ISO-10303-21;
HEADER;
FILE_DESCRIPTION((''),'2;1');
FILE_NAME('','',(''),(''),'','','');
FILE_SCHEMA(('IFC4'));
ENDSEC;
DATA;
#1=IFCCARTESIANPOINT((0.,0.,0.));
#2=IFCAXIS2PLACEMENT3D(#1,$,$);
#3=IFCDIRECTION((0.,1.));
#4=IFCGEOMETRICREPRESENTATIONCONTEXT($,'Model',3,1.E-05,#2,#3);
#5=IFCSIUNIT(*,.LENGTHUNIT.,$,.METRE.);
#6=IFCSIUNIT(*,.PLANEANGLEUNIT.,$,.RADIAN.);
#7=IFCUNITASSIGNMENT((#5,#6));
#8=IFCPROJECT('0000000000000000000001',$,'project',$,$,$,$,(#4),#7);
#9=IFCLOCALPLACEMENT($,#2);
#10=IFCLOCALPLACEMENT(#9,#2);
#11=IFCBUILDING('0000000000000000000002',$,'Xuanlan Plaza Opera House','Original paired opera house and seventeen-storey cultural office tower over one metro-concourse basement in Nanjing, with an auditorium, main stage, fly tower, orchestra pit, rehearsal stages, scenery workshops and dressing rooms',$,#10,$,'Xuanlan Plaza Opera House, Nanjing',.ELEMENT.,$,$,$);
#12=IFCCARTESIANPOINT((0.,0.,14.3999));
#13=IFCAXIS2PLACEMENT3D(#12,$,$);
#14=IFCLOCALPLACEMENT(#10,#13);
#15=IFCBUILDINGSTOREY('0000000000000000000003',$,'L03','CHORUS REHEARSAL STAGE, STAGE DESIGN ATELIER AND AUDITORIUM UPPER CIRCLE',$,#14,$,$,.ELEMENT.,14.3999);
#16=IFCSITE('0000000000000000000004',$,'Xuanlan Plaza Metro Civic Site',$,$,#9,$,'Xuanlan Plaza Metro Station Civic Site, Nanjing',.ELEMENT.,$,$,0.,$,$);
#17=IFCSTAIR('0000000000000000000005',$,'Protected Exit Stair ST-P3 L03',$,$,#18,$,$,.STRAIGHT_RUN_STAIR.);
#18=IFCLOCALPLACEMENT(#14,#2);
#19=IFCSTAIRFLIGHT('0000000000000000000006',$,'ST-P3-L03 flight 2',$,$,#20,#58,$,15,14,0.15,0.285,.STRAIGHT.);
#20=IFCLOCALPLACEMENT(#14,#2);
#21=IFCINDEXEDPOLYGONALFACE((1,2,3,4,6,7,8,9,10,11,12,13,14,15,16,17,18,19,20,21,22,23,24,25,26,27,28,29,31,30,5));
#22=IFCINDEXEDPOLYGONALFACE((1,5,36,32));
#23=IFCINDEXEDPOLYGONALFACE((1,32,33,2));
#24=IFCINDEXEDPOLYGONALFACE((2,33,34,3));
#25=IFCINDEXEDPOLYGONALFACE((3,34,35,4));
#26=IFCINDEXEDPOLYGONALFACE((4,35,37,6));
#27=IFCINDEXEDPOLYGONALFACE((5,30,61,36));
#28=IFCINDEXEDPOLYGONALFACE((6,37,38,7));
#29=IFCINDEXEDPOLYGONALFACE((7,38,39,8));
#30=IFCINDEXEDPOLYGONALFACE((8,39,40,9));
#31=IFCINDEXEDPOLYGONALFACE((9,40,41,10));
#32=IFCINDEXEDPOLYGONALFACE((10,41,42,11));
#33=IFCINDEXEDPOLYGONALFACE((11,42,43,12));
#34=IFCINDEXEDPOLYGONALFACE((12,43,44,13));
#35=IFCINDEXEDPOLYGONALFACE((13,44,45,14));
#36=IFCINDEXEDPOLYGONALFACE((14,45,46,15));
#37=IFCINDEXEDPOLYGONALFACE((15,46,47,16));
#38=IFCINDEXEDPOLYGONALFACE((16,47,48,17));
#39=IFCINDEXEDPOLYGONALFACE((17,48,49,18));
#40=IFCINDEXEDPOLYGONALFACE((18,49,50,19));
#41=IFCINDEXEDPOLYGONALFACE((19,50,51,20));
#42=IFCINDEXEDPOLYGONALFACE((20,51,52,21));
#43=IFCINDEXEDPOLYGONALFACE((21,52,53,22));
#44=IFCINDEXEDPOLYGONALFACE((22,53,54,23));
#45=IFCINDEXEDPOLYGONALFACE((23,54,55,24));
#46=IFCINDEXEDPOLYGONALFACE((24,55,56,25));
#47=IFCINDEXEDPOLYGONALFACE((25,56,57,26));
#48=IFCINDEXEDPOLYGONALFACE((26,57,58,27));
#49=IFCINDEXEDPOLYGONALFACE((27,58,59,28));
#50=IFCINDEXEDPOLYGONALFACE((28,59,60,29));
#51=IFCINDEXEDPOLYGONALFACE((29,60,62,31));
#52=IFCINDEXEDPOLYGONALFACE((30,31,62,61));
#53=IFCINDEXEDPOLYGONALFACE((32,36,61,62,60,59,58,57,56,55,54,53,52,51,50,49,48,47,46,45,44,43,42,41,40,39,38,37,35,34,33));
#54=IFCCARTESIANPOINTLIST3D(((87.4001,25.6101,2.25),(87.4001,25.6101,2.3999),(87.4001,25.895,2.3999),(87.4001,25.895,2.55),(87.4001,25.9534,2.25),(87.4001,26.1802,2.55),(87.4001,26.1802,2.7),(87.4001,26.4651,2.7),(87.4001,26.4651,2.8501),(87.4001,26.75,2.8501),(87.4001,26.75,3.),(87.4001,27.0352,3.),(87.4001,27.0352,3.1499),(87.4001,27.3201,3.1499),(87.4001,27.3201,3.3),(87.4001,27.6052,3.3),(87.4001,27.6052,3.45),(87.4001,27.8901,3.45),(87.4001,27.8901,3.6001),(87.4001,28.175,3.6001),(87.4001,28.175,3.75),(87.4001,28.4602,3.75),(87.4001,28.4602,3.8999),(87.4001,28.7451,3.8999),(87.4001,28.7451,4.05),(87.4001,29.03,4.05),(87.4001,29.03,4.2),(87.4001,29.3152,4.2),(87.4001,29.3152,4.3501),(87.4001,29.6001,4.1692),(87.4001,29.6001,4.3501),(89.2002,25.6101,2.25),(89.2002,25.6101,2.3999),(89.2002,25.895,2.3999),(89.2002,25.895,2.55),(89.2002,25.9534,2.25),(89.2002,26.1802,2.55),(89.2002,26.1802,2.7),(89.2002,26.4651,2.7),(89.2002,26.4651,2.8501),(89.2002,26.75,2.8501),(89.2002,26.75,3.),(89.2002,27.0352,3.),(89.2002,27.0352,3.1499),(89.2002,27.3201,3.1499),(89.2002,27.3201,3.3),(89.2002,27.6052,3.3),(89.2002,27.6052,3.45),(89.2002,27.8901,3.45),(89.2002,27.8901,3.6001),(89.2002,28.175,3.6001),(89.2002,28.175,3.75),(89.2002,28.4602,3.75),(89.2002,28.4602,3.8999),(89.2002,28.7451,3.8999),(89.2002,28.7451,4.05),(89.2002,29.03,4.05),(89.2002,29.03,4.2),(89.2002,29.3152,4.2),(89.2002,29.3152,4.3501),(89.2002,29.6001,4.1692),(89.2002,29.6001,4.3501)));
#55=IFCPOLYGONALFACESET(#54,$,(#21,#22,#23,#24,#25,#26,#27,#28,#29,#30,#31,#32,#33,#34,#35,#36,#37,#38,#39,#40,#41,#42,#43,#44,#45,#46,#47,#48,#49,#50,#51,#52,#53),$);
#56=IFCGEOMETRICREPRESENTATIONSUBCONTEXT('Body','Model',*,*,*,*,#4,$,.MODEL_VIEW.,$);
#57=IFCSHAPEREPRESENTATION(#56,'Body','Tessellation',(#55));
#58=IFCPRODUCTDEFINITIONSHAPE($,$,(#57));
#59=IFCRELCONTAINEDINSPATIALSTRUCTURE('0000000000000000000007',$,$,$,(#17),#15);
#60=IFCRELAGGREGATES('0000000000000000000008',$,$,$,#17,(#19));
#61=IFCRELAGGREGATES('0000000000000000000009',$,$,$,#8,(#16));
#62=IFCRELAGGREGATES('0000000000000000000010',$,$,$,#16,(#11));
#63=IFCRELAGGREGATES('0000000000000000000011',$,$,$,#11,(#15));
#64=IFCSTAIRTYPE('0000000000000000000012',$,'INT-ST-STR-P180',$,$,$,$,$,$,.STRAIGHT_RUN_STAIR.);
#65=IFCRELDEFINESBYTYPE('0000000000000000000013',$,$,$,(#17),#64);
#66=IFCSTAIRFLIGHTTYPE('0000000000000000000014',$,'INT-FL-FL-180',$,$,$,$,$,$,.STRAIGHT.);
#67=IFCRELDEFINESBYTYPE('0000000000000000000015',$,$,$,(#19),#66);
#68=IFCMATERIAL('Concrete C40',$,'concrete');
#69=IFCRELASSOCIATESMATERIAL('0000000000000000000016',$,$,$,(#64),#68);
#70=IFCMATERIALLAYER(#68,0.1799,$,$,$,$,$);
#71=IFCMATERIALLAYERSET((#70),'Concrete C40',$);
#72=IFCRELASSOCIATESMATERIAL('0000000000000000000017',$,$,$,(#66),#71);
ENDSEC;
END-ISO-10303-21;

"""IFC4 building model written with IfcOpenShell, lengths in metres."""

from ifc_helpers import new_model, si_unit, direction, frame, origin, place, context, subcontext, project, spatial, polyline, outline, extrude, material, layer, layer_set, type_object, element, aggregate, save


model = new_model("IFC4")

# Units and contexts
model_context = context("Model", 3, precision=1e-05, world=origin(), true_north=direction((0.0, 1.0)))
body_context = subcontext(model_context, "Body", "Model", "MODEL_VIEW")
ifc_project = project(units=[si_unit("LENGTHUNIT", "METRE"), si_unit("PLANEANGLEUNIT", "RADIAN")], contexts=[model_context])

# Site, building, storey
site_placement = place(None, origin())
site = spatial("IfcSite", under=ifc_project, at=site_placement, Name="Xuanlan Plaza Metro Civic Site", LongName="Xuanlan Plaza Metro Station Civic Site, Nanjing", CompositionType="ELEMENT", RefElevation=0.0)
building_placement = place(site_placement, origin())
building = spatial("IfcBuilding", under=site, at=building_placement, Name="Xuanlan Plaza Opera House", Description="Original paired opera house and seventeen-storey cultural office tower over one metro-concourse basement in Nanjing, with an auditorium, main stage, fly tower, orchestra pit, rehearsal stages, scenery workshops and dressing rooms", LongName="Xuanlan Plaza Opera House, Nanjing", CompositionType="ELEMENT")
storey_placement = place(building_placement, frame((0.0, 0.0, 14.3999)))
storey = spatial("IfcBuildingStorey", under=building, at=storey_placement, Name="L03", Description="CHORUS REHEARSAL STAGE, STAGE DESIGN ATELIER AND AUDITORIUM UPPER CIRCLE", CompositionType="ELEMENT", Elevation=14.3999)

# Shared definitions
ifc_material_1 = material(Name="Concrete C40", Category="concrete")

# Stair, stair flight
stair_type = type_object("IfcStairType", Name="INT-ST-STR-P180", PredefinedType="STRAIGHT_RUN_STAIR", material=ifc_material_1)
stair_placement = place(storey_placement, origin())
stair = element("IfcStair", 1, at=stair_placement, inside=storey, type_object=stair_type, Name="Protected Exit Stair ST-P3 L03", PredefinedType="STRAIGHT_RUN_STAIR")
ifc_layer_1 = layer(ifc_material_1, 0.1799)
ifc_layer_set_1 = layer_set([ifc_layer_1], Name="Concrete C40")
stair_flight_type = type_object("IfcStairFlightType", Name="INT-FL-FL-180", PredefinedType="STRAIGHT", material=ifc_layer_set_1)
stair_flight_1_placement = place(storey_placement, frame((88.3, 25.6101, 2.25), z_axis=(0.0, 0.0, 1.0), x_axis=(0.0, 1.0, 0.0)))
stair_flight_1 = element("IfcStairFlight", 2, at=stair_flight_1_placement, type_object=stair_flight_type, Name="ST-P3-L03 flight 2", NumberOfRisers=15, NumberOfTreads=14, PredefinedType="STRAIGHT", RiserHeight=0.15, TreadLength=0.285, context=body_context, shape_type="SweptSolid", body=[
    extrude(outline(polyline([(0.0, 0.0), (0.0, 0.1499), (0.2849, 0.1499), (0.2849, 0.3), (0.5701, 0.3), (0.5701, 0.45), (0.855, 0.45), (0.855, 0.6001), (1.1399, 0.6001), (1.1399, 0.75), (1.425, 0.75), (1.425, 0.8999), (1.71, 0.8999), (1.71, 1.05), (1.9951, 1.05), (1.9951, 1.2), (2.28, 1.2), (2.28, 1.3501), (2.5649, 1.3501), (2.5649, 1.5), (2.8501, 1.5), (2.8501, 1.6499), (3.135, 1.6499), (3.135, 1.8), (3.4199, 1.8), (3.4199, 1.95), (3.7051, 1.95), (3.7051, 2.1001), (3.99, 2.1001), (3.99, 2.25), (3.99, 1.9192), (0.3433, 0.0), (0.0, 0.0)])), frame((0.0, 0.8999, 0.0), z_axis=(0.0, -1.0, 0.0), x_axis=(1.0, 0.0, 0.0)), (0.0, 0.0, 1.0), 1.8),
])
aggregate(stair, [stair_flight_1])

save(model, "model.ifc")
